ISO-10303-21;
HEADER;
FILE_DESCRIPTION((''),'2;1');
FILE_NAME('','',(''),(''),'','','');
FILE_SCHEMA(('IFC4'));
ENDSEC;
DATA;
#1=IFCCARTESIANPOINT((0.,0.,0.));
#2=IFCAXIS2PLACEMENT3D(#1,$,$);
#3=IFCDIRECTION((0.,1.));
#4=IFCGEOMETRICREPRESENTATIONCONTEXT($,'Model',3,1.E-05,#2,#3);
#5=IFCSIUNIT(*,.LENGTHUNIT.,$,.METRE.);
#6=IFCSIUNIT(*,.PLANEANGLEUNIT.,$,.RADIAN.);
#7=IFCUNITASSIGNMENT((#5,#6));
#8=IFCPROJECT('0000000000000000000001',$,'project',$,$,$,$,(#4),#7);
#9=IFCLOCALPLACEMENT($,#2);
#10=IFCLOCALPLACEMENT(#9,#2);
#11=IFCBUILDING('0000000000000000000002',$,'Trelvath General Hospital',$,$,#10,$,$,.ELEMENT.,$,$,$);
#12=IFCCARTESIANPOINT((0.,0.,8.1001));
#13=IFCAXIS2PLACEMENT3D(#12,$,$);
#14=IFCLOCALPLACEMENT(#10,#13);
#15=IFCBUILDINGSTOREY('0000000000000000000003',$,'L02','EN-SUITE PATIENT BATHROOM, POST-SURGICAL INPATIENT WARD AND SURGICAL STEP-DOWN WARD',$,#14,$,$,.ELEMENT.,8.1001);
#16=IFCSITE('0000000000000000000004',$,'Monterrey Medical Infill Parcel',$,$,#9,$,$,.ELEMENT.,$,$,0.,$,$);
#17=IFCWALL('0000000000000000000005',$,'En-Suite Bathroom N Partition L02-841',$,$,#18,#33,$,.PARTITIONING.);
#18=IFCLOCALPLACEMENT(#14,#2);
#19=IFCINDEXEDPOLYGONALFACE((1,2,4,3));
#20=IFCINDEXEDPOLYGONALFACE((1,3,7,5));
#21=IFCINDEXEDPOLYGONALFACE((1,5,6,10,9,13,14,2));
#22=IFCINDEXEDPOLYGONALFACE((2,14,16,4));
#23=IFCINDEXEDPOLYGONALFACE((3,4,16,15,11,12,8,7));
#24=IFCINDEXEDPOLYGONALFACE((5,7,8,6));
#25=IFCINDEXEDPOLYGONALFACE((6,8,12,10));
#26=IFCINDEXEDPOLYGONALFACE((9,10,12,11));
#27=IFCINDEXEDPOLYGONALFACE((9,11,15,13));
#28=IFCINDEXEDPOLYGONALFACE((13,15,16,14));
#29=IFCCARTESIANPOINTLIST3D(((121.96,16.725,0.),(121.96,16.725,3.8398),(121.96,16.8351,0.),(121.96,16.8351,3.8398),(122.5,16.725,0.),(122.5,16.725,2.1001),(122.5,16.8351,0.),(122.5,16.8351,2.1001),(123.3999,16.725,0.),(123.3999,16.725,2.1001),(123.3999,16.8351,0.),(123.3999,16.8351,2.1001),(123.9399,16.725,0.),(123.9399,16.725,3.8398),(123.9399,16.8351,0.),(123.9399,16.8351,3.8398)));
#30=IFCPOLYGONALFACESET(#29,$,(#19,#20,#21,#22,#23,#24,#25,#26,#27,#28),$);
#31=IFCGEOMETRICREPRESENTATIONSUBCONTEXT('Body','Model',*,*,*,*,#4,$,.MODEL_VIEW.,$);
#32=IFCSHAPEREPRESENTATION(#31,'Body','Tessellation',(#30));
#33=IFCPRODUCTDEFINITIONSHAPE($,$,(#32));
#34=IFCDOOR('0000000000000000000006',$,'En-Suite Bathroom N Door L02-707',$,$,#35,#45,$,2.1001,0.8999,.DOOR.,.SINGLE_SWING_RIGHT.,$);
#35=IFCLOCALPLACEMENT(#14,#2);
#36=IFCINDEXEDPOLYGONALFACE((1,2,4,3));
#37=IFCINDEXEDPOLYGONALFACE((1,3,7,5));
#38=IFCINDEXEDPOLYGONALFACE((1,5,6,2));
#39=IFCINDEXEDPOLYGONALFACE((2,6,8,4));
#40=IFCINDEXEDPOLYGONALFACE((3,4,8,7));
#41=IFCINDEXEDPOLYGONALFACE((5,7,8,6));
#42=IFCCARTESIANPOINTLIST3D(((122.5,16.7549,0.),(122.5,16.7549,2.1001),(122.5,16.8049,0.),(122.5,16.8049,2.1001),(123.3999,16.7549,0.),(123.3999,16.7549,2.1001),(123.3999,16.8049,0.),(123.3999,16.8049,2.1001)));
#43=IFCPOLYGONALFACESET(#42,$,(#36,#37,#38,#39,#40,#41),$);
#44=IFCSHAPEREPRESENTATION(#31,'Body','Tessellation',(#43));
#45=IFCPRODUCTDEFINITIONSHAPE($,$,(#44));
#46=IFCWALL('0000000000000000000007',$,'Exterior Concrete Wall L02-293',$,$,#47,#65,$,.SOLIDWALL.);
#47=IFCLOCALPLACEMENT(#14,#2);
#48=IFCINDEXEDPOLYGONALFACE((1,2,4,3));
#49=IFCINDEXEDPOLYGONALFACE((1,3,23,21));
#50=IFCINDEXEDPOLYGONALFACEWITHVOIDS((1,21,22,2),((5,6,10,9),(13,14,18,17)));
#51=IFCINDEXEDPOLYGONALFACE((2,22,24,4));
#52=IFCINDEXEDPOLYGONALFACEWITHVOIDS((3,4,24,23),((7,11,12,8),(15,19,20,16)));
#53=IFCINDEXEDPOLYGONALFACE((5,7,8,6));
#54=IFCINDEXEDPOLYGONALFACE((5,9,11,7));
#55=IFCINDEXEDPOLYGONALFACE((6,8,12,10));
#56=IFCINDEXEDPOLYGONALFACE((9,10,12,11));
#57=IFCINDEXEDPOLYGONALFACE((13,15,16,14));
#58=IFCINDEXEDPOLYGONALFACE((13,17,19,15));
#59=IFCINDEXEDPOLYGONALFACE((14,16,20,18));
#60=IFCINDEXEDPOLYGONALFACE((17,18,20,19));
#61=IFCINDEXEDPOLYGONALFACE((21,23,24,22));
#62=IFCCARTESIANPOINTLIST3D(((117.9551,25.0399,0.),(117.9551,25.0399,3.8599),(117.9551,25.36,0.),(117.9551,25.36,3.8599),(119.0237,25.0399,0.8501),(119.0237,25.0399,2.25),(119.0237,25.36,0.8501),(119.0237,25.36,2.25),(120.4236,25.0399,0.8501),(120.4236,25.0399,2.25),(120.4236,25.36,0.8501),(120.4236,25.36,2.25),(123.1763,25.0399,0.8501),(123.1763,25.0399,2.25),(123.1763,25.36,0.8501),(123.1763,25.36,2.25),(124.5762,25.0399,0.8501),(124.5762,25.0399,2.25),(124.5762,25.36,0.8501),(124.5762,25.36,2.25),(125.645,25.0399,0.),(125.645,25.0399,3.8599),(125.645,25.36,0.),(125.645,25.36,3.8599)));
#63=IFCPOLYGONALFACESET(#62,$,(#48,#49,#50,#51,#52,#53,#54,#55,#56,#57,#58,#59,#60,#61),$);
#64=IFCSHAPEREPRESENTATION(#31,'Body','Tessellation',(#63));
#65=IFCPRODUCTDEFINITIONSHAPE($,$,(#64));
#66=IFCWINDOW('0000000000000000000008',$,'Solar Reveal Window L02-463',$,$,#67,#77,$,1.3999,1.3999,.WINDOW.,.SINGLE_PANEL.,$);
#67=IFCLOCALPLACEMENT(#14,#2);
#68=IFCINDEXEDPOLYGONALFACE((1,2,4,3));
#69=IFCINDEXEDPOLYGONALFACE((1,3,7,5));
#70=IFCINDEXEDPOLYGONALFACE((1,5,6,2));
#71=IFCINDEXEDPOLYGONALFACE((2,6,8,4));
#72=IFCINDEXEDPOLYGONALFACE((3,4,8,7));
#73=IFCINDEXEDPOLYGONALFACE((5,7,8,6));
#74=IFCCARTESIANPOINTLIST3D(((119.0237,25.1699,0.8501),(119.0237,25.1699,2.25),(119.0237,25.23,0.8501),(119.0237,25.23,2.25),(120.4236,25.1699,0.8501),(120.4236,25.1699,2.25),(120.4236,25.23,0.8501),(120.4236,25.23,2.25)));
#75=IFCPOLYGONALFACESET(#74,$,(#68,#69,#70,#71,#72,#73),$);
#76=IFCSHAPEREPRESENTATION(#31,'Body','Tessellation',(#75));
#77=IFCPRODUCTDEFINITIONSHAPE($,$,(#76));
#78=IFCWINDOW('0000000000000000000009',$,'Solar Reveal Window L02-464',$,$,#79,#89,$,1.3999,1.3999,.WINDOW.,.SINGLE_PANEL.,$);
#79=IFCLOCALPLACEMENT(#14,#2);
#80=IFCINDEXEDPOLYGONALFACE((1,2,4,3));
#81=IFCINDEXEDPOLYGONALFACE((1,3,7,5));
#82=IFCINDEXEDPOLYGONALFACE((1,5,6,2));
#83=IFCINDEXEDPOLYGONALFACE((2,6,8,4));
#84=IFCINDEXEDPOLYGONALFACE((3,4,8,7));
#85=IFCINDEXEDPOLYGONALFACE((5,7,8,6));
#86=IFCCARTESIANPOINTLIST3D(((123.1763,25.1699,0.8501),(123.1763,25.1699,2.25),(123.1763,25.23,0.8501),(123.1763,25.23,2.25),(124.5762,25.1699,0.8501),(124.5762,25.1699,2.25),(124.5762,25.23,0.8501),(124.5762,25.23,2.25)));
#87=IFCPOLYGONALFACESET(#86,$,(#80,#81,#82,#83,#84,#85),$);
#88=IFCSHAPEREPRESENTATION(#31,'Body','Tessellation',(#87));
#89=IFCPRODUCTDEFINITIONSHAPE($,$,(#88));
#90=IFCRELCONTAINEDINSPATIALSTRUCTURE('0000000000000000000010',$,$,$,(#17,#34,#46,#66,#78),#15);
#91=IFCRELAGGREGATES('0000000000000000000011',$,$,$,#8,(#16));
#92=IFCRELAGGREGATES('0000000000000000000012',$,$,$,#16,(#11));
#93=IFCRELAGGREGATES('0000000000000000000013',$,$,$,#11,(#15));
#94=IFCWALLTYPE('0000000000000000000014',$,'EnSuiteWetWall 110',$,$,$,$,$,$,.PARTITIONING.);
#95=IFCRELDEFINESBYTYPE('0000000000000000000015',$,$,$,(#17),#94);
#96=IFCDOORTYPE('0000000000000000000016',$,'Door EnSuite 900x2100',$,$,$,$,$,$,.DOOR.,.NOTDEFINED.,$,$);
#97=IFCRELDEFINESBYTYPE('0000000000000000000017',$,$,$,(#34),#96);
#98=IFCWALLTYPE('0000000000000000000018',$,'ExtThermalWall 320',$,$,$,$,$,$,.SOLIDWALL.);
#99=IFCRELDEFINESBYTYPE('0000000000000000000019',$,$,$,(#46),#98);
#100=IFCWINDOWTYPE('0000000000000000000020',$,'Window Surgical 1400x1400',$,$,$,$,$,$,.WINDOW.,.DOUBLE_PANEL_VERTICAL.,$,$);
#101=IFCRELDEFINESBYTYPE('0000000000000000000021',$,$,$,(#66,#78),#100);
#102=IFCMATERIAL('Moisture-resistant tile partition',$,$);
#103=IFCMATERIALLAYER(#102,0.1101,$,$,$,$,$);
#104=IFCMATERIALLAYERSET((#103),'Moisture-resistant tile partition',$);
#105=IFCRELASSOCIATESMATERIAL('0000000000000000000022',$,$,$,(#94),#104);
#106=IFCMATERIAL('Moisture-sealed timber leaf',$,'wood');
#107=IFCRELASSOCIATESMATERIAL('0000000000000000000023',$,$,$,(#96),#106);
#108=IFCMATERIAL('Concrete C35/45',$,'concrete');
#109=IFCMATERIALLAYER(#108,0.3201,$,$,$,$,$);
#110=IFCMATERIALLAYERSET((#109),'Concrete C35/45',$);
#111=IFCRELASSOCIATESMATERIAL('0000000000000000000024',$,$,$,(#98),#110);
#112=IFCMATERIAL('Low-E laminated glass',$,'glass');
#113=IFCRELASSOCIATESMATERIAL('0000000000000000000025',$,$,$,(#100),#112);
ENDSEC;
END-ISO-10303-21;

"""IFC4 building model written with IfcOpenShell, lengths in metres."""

from ifc_helpers import new_model, si_unit, direction, frame, frame_2d, origin, place, context, subcontext, project, spatial, rectangle, extrude, material, layer, layer_set, type_object, element, fill, save


model = new_model("IFC4")

# Units and contexts
model_context = context("Model", 3, precision=1e-05, world=origin(), true_north=direction((0.0, 1.0)))
body_context = subcontext(model_context, "Body", "Model", "MODEL_VIEW")
ifc_project = project(units=[si_unit("LENGTHUNIT", "METRE"), si_unit("PLANEANGLEUNIT", "RADIAN")], contexts=[model_context])

# Site, building, storey
site_placement = place(None, origin())
site = spatial("IfcSite", under=ifc_project, at=site_placement, Name="Monterrey Medical Infill Parcel", CompositionType="ELEMENT", RefElevation=0.0)
building_placement = place(site_placement, origin())
building = spatial("IfcBuilding", under=site, at=building_placement, Name="Trelvath General Hospital", CompositionType="ELEMENT")
storey_placement = place(building_placement, frame((0.0, 0.0, 8.1001)))
storey = spatial("IfcBuildingStorey", under=building, at=storey_placement, Name="L02", Description="EN-SUITE PATIENT BATHROOM, POST-SURGICAL INPATIENT WARD AND SURGICAL STEP-DOWN WARD", CompositionType="ELEMENT", Elevation=8.1001)

# Wall, opening, door
ifc_material_1 = material(Name="Moisture-resistant tile partition")
ifc_layer_1 = layer(ifc_material_1, 0.1101)
ifc_layer_set_1 = layer_set([ifc_layer_1], Name="Moisture-resistant tile partition")
wall_type_1 = type_object("IfcWallType", Name="EnSuiteWetWall 110", PredefinedType="PARTITIONING", material=ifc_layer_set_1)
ifc_material_2 = material(Name="Moisture-sealed timber leaf", Category="wood")
door_type = type_object("IfcDoorType", Name="Door EnSuite 900x2100", OperationType="NOTDEFINED", PredefinedType="DOOR", material=ifc_material_2)
wall_1_placement = place(storey_placement, frame((121.96, 16.78, 0.0), z_axis=(0.0, 0.0, 1.0), x_axis=(1.0, 0.0, 0.0)))
wall_1 = element("IfcWall", 1, at=wall_1_placement, inside=storey, type_object=wall_type_1, Name="En-Suite Bathroom N Partition L02-841", PredefinedType="PARTITIONING", context=body_context, shape_type="SweptSolid", body=[
    extrude(rectangle(XDim=1.98, YDim=0.1101, at=frame_2d((0.99, 0.0))), origin(), (0.0, 0.0, 1.0), 3.8398),
])
opening_1_placement = place(wall_1_placement, frame((0.54, 0.0, 0.0)))
opening_1 = element("IfcOpeningElement", 2, at=opening_1_placement, cuts=wall_1, PredefinedType="OPENING", context=body_context, shape_type="SweptSolid", body=[
    extrude(rectangle(XDim=0.8999, YDim=2.1001, at=frame_2d((0.45, 1.05))), frame((0.0, 0.0649, 0.0), z_axis=(0.0, -1.0, 0.0), x_axis=(1.0, 0.0, 0.0)), (0.0, 0.0, 1.0), 0.1301),
])
door_1_placement = place(opening_1_placement, origin())
door_1 = element("IfcDoor", 3, at=door_1_placement, inside=storey, type_object=door_type, Name="En-Suite Bathroom N Door L02-707", OperationType="SINGLE_SWING_RIGHT", OverallHeight=2.1001, OverallWidth=0.8999, PredefinedType="DOOR", context=body_context, shape_type="SweptSolid", body=[
    extrude(rectangle(XDim=0.8999, YDim=2.1001, at=frame_2d((0.45, 1.05))), frame((0.0, 0.0249, 0.0), z_axis=(0.0, -1.0, 0.0), x_axis=(1.0, 0.0, 0.0)), (0.0, 0.0, 1.0), 0.05),
])
fill(opening_1, door_1)

# Wall, openings, windows
ifc_material_3 = material(Name="Concrete C35/45", Category="concrete")
ifc_layer_2 = layer(ifc_material_3, 0.3201)
ifc_layer_set_2 = layer_set([ifc_layer_2], Name="Concrete C35/45")
wall_type_2 = type_object("IfcWallType", Name="ExtThermalWall 320", PredefinedType="SOLIDWALL", material=ifc_layer_set_2)
wall_2_placement = place(storey_placement, frame((117.9551, 25.2, 0.0), z_axis=(0.0, 0.0, 1.0), x_axis=(1.0, 0.0, 0.0)))
wall_2 = element("IfcWall", 4, at=wall_2_placement, inside=storey, type_object=wall_type_2, Name="Exterior Concrete Wall L02-293", PredefinedType="SOLIDWALL", context=body_context, shape_type="SweptSolid", body=[
    extrude(rectangle(XDim=7.6899, YDim=0.3201, at=frame_2d((3.845, 0.0))), origin(), (0.0, 0.0, 1.0), 3.8599),
])
opening_2_placement = place(wall_2_placement, frame((1.0686, 0.0, 0.8501)))
opening_2 = element("IfcOpeningElement", 5, at=opening_2_placement, cuts=wall_2, PredefinedType="OPENING", context=body_context, shape_type="SweptSolid", body=[
    extrude(rectangle(XDim=1.3999, YDim=1.3999, at=frame_2d((0.7, 0.7))), frame((0.0, 0.1699, 0.0), z_axis=(0.0, -1.0, 0.0), x_axis=(1.0, 0.0, 0.0)), (0.0, 0.0, 1.0), 0.3401),
])
opening_3_placement = place(wall_2_placement, frame((5.2212, 0.0, 0.8501)))
opening_3 = element("IfcOpeningElement", 6, at=opening_3_placement, cuts=wall_2, PredefinedType="OPENING", context=body_context, shape_type="SweptSolid", body=[
    extrude(rectangle(XDim=1.3999, YDim=1.3999, at=frame_2d((0.7, 0.7))), frame((0.0, 0.1699, 0.0), z_axis=(0.0, -1.0, 0.0), x_axis=(1.0, 0.0, 0.0)), (0.0, 0.0, 1.0), 0.3401),
])
ifc_material_4 = material(Name="Low-E laminated glass", Category="glass")
window_type = type_object("IfcWindowType", Name="Window Surgical 1400x1400", PartitioningType="DOUBLE_PANEL_VERTICAL", PredefinedType="WINDOW", material=ifc_material_4)
window_1_placement = place(opening_2_placement, origin())
window_1 = element("IfcWindow", 7, at=window_1_placement, inside=storey, type_object=window_type, Name="Solar Reveal Window L02-463", OverallHeight=1.3999, OverallWidth=1.3999, PartitioningType="SINGLE_PANEL", PredefinedType="WINDOW", context=body_context, shape_type="SweptSolid", body=[
    extrude(rectangle(XDim=1.3999, YDim=1.3999, at=frame_2d((0.7, 0.7))), frame((0.0, 0.03, 0.0), z_axis=(0.0, -1.0, 0.0), x_axis=(1.0, 0.0, 0.0)), (0.0, 0.0, 1.0), 0.0601),
])
fill(opening_2, window_1)
window_2_placement = place(opening_3_placement, origin())
window_2 = element("IfcWindow", 8, at=window_2_placement, inside=storey, type_object=window_type, Name="Solar Reveal Window L02-464", OverallHeight=1.3999, OverallWidth=1.3999, PartitioningType="SINGLE_PANEL", PredefinedType="WINDOW", context=body_context, shape_type="SweptSolid", body=[
    extrude(rectangle(XDim=1.3999, YDim=1.3999, at=frame_2d((0.7, 0.7))), frame((0.0, 0.03, 0.0), z_axis=(0.0, -1.0, 0.0), x_axis=(1.0, 0.0, 0.0)), (0.0, 0.0, 1.0), 0.0601),
])
fill(opening_3, window_2)

save(model, "model.ifc")
